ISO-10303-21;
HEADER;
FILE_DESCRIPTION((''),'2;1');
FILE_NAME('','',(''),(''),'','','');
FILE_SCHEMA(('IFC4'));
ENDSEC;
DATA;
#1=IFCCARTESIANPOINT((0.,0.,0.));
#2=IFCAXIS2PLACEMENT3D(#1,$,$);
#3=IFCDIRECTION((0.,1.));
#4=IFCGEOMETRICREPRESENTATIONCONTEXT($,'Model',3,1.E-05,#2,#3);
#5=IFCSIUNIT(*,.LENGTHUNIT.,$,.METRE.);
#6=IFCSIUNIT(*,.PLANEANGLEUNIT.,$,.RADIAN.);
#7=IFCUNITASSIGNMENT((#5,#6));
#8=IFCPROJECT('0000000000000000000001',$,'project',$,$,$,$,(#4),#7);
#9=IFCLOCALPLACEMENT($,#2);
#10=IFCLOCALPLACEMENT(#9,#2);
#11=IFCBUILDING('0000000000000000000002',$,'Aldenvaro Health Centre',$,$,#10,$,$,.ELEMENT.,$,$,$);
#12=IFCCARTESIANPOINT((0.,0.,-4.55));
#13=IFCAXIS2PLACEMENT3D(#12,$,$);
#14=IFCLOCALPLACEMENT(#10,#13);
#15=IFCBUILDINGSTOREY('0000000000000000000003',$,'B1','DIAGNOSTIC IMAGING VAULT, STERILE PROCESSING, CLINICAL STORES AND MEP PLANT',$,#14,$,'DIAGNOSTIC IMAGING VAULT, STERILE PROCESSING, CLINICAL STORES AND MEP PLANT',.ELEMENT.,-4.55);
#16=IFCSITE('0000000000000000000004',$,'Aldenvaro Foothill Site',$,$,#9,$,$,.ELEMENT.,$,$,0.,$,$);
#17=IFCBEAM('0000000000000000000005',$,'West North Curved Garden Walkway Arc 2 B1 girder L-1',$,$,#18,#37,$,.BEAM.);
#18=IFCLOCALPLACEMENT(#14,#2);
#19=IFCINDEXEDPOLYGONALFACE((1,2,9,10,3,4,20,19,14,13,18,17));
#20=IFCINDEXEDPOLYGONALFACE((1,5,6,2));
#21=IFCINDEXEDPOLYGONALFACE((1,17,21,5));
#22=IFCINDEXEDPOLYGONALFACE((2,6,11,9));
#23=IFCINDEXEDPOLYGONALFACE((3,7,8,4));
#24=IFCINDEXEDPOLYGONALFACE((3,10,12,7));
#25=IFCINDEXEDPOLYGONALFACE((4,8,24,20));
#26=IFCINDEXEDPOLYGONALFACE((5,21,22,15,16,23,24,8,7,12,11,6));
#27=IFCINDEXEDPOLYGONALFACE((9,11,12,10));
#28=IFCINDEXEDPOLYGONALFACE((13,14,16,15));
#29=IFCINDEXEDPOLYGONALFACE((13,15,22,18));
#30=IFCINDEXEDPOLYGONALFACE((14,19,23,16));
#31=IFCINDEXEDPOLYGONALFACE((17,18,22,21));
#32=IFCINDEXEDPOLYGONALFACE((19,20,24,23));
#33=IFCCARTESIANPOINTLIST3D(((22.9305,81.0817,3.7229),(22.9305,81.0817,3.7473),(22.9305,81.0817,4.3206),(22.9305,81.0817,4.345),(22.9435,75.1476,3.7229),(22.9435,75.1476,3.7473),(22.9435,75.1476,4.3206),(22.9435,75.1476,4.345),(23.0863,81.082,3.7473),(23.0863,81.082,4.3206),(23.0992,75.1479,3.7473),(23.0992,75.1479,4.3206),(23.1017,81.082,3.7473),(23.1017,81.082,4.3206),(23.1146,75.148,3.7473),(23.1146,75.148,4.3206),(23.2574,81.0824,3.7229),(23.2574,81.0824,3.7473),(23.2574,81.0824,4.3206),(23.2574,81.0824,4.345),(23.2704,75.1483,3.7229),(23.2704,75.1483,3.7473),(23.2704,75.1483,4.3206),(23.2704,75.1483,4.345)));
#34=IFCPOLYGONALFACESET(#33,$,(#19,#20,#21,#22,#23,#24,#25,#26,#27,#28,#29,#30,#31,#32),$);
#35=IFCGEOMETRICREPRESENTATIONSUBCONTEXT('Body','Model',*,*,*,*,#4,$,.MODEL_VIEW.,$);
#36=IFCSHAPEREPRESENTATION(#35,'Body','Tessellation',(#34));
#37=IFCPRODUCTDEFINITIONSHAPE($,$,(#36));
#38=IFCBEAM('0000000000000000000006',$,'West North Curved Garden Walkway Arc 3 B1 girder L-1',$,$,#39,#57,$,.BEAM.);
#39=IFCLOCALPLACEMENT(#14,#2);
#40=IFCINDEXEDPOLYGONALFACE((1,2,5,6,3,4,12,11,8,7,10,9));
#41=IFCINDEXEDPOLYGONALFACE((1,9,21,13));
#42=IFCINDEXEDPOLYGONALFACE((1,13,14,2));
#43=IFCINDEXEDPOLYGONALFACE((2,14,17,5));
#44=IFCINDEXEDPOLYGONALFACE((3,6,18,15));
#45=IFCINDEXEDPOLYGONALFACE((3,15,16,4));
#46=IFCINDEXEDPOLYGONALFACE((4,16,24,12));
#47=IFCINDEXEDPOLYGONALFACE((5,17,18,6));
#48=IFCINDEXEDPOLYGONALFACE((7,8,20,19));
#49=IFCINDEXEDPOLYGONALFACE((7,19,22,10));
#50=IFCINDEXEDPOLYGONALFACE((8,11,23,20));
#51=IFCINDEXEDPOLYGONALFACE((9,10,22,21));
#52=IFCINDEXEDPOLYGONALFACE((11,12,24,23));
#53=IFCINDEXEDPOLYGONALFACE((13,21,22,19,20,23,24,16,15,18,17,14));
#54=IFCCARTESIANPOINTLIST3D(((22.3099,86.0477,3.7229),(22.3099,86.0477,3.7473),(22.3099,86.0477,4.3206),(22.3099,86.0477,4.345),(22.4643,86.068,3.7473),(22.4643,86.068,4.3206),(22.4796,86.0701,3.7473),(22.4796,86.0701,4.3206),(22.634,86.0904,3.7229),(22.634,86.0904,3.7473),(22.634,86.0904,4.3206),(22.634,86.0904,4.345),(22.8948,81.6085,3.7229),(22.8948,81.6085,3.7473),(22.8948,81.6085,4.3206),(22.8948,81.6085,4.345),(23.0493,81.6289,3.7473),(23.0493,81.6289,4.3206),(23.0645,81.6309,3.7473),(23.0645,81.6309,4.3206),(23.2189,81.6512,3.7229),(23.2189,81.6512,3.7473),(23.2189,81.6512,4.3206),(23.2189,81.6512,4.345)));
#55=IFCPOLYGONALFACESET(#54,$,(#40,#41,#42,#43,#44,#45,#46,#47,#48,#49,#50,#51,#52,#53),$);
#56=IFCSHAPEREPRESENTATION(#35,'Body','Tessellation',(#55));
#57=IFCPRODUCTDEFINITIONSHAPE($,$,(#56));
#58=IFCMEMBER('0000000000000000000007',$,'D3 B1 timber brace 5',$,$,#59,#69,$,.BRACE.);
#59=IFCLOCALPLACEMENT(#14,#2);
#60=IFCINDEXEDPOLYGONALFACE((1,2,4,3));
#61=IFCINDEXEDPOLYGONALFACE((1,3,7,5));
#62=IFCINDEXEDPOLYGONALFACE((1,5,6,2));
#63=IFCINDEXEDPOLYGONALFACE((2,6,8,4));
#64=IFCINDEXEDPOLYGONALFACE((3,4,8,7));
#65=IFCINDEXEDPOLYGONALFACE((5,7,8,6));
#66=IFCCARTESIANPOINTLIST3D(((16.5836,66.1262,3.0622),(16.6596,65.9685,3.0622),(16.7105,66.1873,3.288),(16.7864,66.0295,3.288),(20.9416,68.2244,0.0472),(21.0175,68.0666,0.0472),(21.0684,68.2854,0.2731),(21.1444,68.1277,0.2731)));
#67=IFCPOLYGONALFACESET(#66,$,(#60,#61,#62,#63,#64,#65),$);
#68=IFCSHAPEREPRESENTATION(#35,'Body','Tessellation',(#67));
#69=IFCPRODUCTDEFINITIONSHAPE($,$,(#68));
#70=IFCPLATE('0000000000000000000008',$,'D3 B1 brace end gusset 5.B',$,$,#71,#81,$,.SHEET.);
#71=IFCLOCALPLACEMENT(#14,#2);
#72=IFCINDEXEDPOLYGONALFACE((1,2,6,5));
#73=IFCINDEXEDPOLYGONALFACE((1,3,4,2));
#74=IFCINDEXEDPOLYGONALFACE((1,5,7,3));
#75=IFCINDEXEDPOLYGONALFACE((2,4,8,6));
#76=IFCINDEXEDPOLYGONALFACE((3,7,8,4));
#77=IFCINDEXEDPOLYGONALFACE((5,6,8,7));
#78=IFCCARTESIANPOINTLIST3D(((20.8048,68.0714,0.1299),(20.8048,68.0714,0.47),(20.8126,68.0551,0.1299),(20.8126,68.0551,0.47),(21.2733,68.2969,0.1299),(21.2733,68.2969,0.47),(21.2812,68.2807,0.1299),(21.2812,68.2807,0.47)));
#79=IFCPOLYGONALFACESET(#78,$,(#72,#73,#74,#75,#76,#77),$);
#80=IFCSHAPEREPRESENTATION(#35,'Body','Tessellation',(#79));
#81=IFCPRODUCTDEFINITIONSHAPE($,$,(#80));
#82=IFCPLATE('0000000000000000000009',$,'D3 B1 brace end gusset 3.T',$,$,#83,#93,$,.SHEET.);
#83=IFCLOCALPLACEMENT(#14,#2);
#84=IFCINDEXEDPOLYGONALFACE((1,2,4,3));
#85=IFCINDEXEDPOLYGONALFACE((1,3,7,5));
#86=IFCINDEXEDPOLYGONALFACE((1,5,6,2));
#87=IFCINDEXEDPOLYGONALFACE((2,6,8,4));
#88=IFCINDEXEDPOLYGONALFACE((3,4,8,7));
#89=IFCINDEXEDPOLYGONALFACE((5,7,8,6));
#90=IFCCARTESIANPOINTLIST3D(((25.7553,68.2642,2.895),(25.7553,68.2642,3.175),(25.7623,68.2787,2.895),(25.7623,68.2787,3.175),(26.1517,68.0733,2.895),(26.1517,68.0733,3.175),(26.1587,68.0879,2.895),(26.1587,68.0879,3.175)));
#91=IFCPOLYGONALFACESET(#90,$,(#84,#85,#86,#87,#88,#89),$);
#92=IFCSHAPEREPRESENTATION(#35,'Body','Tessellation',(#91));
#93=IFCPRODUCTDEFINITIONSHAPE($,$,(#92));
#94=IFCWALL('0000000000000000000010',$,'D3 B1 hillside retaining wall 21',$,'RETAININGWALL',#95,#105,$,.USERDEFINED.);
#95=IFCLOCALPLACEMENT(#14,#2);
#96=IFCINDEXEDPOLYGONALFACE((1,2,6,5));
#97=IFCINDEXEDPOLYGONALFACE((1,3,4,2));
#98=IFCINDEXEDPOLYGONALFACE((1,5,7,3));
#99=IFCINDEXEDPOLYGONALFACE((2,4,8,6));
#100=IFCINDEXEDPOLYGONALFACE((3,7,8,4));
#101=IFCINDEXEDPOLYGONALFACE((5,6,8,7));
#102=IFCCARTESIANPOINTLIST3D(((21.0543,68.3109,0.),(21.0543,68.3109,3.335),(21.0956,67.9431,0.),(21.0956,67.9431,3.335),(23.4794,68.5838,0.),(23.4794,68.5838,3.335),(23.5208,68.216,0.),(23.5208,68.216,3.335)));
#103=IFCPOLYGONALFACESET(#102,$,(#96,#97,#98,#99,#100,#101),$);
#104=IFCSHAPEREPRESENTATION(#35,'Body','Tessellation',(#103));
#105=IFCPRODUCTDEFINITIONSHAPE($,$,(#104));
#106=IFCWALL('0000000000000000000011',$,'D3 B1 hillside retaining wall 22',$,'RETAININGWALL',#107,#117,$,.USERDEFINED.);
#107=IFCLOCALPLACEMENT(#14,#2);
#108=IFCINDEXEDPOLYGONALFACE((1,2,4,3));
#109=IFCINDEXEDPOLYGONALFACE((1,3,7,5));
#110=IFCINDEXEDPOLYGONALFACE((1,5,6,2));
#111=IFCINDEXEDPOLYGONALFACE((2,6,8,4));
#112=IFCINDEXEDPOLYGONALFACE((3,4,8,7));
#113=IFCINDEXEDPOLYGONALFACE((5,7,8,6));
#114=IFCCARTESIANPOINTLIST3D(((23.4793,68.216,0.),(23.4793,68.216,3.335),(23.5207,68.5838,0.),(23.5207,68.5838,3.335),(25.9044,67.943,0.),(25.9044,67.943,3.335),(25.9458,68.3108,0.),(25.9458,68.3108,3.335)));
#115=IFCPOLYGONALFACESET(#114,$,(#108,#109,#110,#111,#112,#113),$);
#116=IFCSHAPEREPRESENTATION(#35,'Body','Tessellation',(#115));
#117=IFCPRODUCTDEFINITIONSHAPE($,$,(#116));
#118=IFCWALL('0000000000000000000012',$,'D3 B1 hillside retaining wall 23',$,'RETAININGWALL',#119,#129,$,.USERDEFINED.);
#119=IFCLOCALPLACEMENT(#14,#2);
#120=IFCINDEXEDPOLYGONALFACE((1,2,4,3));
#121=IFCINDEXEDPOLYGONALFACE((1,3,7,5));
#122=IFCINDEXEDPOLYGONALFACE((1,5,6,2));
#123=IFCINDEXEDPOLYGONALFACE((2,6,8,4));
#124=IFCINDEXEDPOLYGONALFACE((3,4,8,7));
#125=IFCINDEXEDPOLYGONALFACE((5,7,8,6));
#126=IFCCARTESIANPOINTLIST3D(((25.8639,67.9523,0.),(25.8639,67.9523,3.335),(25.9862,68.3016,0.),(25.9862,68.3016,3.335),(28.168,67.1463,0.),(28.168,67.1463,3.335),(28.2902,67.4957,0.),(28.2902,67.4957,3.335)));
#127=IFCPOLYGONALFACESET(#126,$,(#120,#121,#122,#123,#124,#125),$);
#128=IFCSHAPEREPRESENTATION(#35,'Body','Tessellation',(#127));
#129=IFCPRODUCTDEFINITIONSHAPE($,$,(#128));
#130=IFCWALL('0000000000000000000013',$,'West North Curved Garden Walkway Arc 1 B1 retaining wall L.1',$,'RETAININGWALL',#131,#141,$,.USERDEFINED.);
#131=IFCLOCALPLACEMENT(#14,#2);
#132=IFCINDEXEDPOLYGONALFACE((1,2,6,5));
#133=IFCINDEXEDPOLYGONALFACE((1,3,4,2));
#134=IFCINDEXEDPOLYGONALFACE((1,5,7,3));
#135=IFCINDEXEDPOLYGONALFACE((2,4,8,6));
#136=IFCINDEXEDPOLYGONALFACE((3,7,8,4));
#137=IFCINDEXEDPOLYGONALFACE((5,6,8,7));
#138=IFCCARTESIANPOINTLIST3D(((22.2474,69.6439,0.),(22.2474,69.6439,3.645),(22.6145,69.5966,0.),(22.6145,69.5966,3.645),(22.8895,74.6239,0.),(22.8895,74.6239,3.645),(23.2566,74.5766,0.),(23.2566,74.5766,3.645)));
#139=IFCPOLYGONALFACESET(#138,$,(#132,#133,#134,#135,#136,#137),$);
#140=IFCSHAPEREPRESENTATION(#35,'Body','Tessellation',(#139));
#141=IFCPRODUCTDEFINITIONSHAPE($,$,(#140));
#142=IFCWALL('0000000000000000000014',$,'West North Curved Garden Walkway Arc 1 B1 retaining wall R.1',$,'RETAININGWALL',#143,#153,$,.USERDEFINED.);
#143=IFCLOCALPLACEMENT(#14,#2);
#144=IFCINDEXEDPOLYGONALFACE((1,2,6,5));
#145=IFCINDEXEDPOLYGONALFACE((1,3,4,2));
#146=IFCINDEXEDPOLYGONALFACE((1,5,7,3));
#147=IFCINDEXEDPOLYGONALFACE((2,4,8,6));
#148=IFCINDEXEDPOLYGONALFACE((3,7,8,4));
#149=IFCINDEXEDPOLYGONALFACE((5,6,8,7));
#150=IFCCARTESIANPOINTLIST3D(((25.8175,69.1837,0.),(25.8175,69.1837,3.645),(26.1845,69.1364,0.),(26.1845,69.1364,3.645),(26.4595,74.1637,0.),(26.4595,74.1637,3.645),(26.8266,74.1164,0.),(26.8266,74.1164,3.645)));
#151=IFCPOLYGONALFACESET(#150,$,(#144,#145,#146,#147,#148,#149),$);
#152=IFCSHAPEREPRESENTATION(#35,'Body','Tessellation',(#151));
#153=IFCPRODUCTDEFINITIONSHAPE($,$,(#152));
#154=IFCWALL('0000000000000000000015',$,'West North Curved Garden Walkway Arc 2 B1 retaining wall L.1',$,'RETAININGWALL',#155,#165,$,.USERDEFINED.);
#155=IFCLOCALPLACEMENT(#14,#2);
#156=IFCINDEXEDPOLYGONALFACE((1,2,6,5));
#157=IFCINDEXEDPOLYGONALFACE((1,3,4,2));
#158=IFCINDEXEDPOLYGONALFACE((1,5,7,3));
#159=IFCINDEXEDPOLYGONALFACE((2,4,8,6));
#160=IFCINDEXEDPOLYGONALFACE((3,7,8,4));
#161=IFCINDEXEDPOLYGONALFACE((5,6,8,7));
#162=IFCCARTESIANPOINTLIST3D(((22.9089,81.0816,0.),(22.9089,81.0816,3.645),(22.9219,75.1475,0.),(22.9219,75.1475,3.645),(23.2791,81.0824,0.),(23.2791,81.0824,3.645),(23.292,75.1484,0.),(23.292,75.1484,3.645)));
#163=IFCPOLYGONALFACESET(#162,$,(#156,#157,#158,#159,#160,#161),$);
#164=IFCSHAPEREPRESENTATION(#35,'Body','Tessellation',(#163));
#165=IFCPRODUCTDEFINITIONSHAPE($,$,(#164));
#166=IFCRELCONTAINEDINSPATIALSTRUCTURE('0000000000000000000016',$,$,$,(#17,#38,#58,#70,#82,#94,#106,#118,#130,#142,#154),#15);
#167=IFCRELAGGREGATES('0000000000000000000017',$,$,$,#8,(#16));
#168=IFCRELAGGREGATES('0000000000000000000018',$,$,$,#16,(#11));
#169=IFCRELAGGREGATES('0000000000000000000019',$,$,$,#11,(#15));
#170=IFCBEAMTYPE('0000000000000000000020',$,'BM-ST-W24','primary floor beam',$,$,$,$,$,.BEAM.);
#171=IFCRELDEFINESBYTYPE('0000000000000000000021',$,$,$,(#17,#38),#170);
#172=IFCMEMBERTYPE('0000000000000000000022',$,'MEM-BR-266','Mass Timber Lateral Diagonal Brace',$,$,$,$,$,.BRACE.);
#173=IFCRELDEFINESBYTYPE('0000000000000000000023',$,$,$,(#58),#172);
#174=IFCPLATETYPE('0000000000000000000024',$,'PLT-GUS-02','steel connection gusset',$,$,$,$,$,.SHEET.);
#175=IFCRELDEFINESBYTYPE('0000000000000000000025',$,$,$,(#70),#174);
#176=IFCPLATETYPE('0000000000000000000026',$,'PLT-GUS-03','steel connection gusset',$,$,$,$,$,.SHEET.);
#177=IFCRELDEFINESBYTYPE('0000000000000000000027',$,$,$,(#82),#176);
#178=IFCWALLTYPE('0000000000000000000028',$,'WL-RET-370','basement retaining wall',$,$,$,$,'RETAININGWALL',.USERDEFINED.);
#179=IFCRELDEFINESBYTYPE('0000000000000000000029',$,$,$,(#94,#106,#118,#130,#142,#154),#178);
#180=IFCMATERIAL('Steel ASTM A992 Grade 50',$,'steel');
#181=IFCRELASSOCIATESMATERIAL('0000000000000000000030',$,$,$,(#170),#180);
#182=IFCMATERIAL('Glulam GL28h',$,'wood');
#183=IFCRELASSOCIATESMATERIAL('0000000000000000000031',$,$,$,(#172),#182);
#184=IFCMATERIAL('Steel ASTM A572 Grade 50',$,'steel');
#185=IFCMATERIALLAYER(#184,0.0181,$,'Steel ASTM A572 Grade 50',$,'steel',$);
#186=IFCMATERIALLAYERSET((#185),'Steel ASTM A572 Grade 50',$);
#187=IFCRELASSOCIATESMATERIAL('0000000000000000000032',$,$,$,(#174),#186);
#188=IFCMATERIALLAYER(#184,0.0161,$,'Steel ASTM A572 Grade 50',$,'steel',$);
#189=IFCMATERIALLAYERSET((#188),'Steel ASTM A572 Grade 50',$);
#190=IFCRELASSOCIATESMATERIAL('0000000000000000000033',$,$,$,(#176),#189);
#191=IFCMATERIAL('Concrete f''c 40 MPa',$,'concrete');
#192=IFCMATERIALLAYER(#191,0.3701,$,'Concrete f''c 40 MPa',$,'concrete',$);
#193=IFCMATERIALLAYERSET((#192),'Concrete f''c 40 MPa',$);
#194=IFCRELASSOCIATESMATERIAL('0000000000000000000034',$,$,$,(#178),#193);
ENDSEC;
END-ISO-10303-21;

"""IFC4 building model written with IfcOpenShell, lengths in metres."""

from ifc_helpers import new_model, si_unit, direction, frame, frame_2d, origin, origin_2d, place, context, subcontext, project, spatial, rectangle, i_section, extrude, material, layer, layer_set, material_profile, profile_set, type_object, element, save


model = new_model("IFC4")

# Units and contexts
model_context = context("Model", 3, precision=1e-05, world=origin(), true_north=direction((0.0, 1.0)))
body_context = subcontext(model_context, "Body", "Model", "MODEL_VIEW")
ifc_project = project(units=[si_unit("LENGTHUNIT", "METRE"), si_unit("PLANEANGLEUNIT", "RADIAN")], contexts=[model_context])

# Site, building, storey
site_placement = place(None, origin())
site = spatial("IfcSite", under=ifc_project, at=site_placement, Name="Aldenvaro Foothill Site", CompositionType="ELEMENT", RefElevation=0.0)
building_placement = place(site_placement, origin())
building = spatial("IfcBuilding", under=site, at=building_placement, Name="Aldenvaro Health Centre", CompositionType="ELEMENT")
storey_placement = place(building_placement, frame((0.0, 0.0, -4.55)))
storey = spatial("IfcBuildingStorey", under=building, at=storey_placement, Name="B1", Description="DIAGNOSTIC IMAGING VAULT, STERILE PROCESSING, CLINICAL STORES AND MEP PLANT", LongName="DIAGNOSTIC IMAGING VAULT, STERILE PROCESSING, CLINICAL STORES AND MEP PLANT", CompositionType="ELEMENT", Elevation=-4.55)

# Shared definitions
ifc_material_1 = material(Name="Concrete f'c 40 MPa", Category="concrete")

# Beams
ifc_material_2 = material(Name="Steel ASTM A992 Grade 50", Category="steel")
ifc_material_profile_1 = material_profile(ifc_material_2, i_section(OverallWidth=0.3269, OverallDepth=0.6221, WebThickness=0.0154, FlangeThickness=0.0244, at=origin_2d()), Name="W24X131", Category="steel")
ifc_profile_set_1 = profile_set([ifc_material_profile_1], Name="Steel ASTM A992 Grade 50")
beam_type_1 = type_object("IfcBeamType", Name="BM-ST-W24", Description="primary floor beam", PredefinedType="BEAM", material=ifc_profile_set_1)
beam_1_placement = place(storey_placement, frame((23.1069, 75.1479, 4.0339), z_axis=(-0.002181, 0.999998, 0.0), x_axis=(-0.999998, -0.002181, 0.0)))
element("IfcBeam", 1, at=beam_1_placement, inside=storey, type_object=beam_type_1, Name="West North Curved Garden Walkway Arc 2 B1 girder L-1", PredefinedType="BEAM", context=body_context, shape_type="SweptSolid", body=[
    extrude(i_section(OverallWidth=0.3269, OverallDepth=0.6221, WebThickness=0.0154, FlangeThickness=0.0244, at=origin_2d()), origin(), (0.0, 0.0, 1.0), 5.9341),
])
beam_2_placement = place(storey_placement, frame((23.0569, 81.6299, 4.0339), z_axis=(-0.130642, 0.99143, 0.0), x_axis=(-0.99143, -0.130642, 0.0)))
element("IfcBeam", 2, at=beam_2_placement, inside=storey, type_object=beam_type_1, Name="West North Curved Garden Walkway Arc 3 B1 girder L-1", PredefinedType="BEAM", context=body_context, shape_type="SweptSolid", body=[
    extrude(i_section(OverallWidth=0.3269, OverallDepth=0.6221, WebThickness=0.0154, FlangeThickness=0.0244, at=origin_2d()), origin(), (0.0, 0.0, 1.0), 4.4775),
])

# Member
ifc_material_3 = material(Name="Glulam GL28h", Category="wood")
ifc_material_profile_2 = material_profile(ifc_material_3, rectangle(XDim=0.175, YDim=0.2661, at=origin_2d()), Name="GL 175x266", Category="wood")
ifc_profile_set_2 = profile_set([ifc_material_profile_2], Name="Glulam GL28h")
member_type = type_object("IfcMemberType", Name="MEM-BR-266", Description="Mass Timber Lateral Diagonal Brace", PredefinedType="BRACE", material=ifc_profile_set_2)
member_placement = place(storey_placement, frame((21.043, 68.176, 0.1602), z_axis=(-0.764626, -0.368134, 0.528984), x_axis=(0.433797, -0.90101, 0.0)))
element("IfcMember", 3, at=member_placement, inside=storey, type_object=member_type, Name="D3 B1 timber brace 5", PredefinedType="BRACE", context=body_context, shape_type="SweptSolid", body=[
    extrude(rectangle(XDim=0.175, YDim=0.2661, at=origin_2d()), origin(), (0.0, 0.0, 1.0), 5.6995),
])

# Plates
ifc_material_4 = material(Name="Steel ASTM A572 Grade 50", Category="steel")
ifc_layer_1 = layer(ifc_material_4, 0.0181, Name="Steel ASTM A572 Grade 50", Category="steel")
ifc_layer_set_1 = layer_set([ifc_layer_1], Name="Steel ASTM A572 Grade 50")
plate_type_1 = type_object("IfcPlateType", Name="PLT-GUS-02", Description="steel connection gusset", PredefinedType="SHEET", material=ifc_layer_set_1)
plate_1_placement = place(storey_placement, frame((21.043, 68.176, 0.1299), z_axis=(0.0, 0.0, 1.0), x_axis=(-0.901024, -0.433769, 0.0)))
element("IfcPlate", 4, at=plate_1_placement, inside=storey, type_object=plate_type_1, Name="D3 B1 brace end gusset 5.B", PredefinedType="SHEET", context=body_context, shape_type="SweptSolid", body=[
    extrude(rectangle(XDim=0.52, YDim=0.0181, at=origin_2d()), origin(), (0.0, 0.0, 1.0), 0.3401),
])
ifc_layer_2 = layer(ifc_material_4, 0.0161, Name="Steel ASTM A572 Grade 50", Category="steel")
ifc_layer_set_2 = layer_set([ifc_layer_2], Name="Steel ASTM A572 Grade 50")
plate_type_2 = type_object("IfcPlateType", Name="PLT-GUS-03", Description="steel connection gusset", PredefinedType="SHEET", material=ifc_layer_set_2)
plate_2_placement = place(storey_placement, frame((25.957, 68.176, 2.895), z_axis=(0.0, 0.0, 1.0), x_axis=(-0.901024, 0.433769, 0.0)))
element("IfcPlate", 5, at=plate_2_placement, inside=storey, type_object=plate_type_2, Name="D3 B1 brace end gusset 3.T", PredefinedType="SHEET", context=body_context, shape_type="SweptSolid", body=[
    extrude(rectangle(XDim=0.4399, YDim=0.0161, at=origin_2d()), origin(), (0.0, 0.0, 1.0), 0.28),
])

# Walls
ifc_layer_3 = layer(ifc_material_1, 0.3701, Name="Concrete f'c 40 MPa", Category="concrete")
ifc_layer_set_3 = layer_set([ifc_layer_3], Name="Concrete f'c 40 MPa")
wall_type = type_object("IfcWallType", Name="WL-RET-370", Description="basement retaining wall", ElementType="RETAININGWALL", PredefinedType="USERDEFINED", material=ifc_layer_set_3)
for number, where, z_axis, x_axis, name in (
    (6, (21.075, 68.127, 0.0), (0.0, 0.0, 1.0), (0.993725, 0.111848, 0.0), "D3 B1 hillside retaining wall 21"),
    (7, (23.5, 68.3999, 0.0), (0.0, 0.0, 1.0), (0.993725, -0.111848, 0.0), "D3 B1 hillside retaining wall 22"),
):
    element("IfcWall", number, at=place(storey_placement, frame(where, z_axis=z_axis, x_axis=x_axis)), inside=storey, type_object=wall_type, Name=name, ObjectType="RETAININGWALL", PredefinedType="USERDEFINED", context=body_context, shape_type="SweptSolid", body=[
        extrude(rectangle(XDim=2.4404, YDim=0.3701, at=frame_2d((1.2202, 0.0))), origin(), (0.0, 0.0, 1.0), 3.335),
    ])
wall_1_placement = place(storey_placement, frame((25.925, 68.127, 0.0), z_axis=(0.0, 0.0, 1.0), x_axis=(0.943919, -0.330177, 0.0)))
element("IfcWall", 8, at=wall_1_placement, inside=storey, type_object=wall_type, Name="D3 B1 hillside retaining wall 23", ObjectType="RETAININGWALL", PredefinedType="USERDEFINED", context=body_context, shape_type="SweptSolid", body=[
    extrude(rectangle(XDim=2.4409, YDim=0.3701, at=frame_2d((1.2205, 0.0))), origin(), (0.0, 0.0, 1.0), 3.335),
])
for number, where, z_axis, x_axis, name in (
    (9, (22.4309, 69.6201, 0.0), (0.0, 0.0, 1.0), (0.127876, 0.99179, 0.0), "West North Curved Garden Walkway Arc 1 B1 retaining wall L.1"),
    (10, (26.001, 69.1599, 0.0), (0.0, 0.0, 1.0), (0.127876, 0.99179, 0.0), "West North Curved Garden Walkway Arc 1 B1 retaining wall R.1"),
):
    element("IfcWall", number, at=place(storey_placement, frame(where, z_axis=z_axis, x_axis=x_axis)), inside=storey, type_object=wall_type, Name=name, ObjectType="RETAININGWALL", PredefinedType="USERDEFINED", context=body_context, shape_type="SweptSolid", body=[
        extrude(rectangle(XDim=5.0212, YDim=0.3701, at=frame_2d((2.5107, 0.0))), origin(), (0.0, 0.0, 1.0), 3.645),
    ])
wall_2_placement = place(storey_placement, frame((23.1069, 75.1479, 0.0), z_axis=(0.0, 0.0, 1.0), x_axis=(-0.002181, 0.999998, 0.0)))
element("IfcWall", 11, at=wall_2_placement, inside=storey, type_object=wall_type, Name="West North Curved Garden Walkway Arc 2 B1 retaining wall L.1", ObjectType="RETAININGWALL", PredefinedType="USERDEFINED", context=body_context, shape_type="SweptSolid", body=[
    extrude(rectangle(XDim=5.9341, YDim=0.3701, at=frame_2d((2.967, 0.0))), origin(), (0.0, 0.0, 1.0), 3.645),
])

save(model, "model.ifc")
